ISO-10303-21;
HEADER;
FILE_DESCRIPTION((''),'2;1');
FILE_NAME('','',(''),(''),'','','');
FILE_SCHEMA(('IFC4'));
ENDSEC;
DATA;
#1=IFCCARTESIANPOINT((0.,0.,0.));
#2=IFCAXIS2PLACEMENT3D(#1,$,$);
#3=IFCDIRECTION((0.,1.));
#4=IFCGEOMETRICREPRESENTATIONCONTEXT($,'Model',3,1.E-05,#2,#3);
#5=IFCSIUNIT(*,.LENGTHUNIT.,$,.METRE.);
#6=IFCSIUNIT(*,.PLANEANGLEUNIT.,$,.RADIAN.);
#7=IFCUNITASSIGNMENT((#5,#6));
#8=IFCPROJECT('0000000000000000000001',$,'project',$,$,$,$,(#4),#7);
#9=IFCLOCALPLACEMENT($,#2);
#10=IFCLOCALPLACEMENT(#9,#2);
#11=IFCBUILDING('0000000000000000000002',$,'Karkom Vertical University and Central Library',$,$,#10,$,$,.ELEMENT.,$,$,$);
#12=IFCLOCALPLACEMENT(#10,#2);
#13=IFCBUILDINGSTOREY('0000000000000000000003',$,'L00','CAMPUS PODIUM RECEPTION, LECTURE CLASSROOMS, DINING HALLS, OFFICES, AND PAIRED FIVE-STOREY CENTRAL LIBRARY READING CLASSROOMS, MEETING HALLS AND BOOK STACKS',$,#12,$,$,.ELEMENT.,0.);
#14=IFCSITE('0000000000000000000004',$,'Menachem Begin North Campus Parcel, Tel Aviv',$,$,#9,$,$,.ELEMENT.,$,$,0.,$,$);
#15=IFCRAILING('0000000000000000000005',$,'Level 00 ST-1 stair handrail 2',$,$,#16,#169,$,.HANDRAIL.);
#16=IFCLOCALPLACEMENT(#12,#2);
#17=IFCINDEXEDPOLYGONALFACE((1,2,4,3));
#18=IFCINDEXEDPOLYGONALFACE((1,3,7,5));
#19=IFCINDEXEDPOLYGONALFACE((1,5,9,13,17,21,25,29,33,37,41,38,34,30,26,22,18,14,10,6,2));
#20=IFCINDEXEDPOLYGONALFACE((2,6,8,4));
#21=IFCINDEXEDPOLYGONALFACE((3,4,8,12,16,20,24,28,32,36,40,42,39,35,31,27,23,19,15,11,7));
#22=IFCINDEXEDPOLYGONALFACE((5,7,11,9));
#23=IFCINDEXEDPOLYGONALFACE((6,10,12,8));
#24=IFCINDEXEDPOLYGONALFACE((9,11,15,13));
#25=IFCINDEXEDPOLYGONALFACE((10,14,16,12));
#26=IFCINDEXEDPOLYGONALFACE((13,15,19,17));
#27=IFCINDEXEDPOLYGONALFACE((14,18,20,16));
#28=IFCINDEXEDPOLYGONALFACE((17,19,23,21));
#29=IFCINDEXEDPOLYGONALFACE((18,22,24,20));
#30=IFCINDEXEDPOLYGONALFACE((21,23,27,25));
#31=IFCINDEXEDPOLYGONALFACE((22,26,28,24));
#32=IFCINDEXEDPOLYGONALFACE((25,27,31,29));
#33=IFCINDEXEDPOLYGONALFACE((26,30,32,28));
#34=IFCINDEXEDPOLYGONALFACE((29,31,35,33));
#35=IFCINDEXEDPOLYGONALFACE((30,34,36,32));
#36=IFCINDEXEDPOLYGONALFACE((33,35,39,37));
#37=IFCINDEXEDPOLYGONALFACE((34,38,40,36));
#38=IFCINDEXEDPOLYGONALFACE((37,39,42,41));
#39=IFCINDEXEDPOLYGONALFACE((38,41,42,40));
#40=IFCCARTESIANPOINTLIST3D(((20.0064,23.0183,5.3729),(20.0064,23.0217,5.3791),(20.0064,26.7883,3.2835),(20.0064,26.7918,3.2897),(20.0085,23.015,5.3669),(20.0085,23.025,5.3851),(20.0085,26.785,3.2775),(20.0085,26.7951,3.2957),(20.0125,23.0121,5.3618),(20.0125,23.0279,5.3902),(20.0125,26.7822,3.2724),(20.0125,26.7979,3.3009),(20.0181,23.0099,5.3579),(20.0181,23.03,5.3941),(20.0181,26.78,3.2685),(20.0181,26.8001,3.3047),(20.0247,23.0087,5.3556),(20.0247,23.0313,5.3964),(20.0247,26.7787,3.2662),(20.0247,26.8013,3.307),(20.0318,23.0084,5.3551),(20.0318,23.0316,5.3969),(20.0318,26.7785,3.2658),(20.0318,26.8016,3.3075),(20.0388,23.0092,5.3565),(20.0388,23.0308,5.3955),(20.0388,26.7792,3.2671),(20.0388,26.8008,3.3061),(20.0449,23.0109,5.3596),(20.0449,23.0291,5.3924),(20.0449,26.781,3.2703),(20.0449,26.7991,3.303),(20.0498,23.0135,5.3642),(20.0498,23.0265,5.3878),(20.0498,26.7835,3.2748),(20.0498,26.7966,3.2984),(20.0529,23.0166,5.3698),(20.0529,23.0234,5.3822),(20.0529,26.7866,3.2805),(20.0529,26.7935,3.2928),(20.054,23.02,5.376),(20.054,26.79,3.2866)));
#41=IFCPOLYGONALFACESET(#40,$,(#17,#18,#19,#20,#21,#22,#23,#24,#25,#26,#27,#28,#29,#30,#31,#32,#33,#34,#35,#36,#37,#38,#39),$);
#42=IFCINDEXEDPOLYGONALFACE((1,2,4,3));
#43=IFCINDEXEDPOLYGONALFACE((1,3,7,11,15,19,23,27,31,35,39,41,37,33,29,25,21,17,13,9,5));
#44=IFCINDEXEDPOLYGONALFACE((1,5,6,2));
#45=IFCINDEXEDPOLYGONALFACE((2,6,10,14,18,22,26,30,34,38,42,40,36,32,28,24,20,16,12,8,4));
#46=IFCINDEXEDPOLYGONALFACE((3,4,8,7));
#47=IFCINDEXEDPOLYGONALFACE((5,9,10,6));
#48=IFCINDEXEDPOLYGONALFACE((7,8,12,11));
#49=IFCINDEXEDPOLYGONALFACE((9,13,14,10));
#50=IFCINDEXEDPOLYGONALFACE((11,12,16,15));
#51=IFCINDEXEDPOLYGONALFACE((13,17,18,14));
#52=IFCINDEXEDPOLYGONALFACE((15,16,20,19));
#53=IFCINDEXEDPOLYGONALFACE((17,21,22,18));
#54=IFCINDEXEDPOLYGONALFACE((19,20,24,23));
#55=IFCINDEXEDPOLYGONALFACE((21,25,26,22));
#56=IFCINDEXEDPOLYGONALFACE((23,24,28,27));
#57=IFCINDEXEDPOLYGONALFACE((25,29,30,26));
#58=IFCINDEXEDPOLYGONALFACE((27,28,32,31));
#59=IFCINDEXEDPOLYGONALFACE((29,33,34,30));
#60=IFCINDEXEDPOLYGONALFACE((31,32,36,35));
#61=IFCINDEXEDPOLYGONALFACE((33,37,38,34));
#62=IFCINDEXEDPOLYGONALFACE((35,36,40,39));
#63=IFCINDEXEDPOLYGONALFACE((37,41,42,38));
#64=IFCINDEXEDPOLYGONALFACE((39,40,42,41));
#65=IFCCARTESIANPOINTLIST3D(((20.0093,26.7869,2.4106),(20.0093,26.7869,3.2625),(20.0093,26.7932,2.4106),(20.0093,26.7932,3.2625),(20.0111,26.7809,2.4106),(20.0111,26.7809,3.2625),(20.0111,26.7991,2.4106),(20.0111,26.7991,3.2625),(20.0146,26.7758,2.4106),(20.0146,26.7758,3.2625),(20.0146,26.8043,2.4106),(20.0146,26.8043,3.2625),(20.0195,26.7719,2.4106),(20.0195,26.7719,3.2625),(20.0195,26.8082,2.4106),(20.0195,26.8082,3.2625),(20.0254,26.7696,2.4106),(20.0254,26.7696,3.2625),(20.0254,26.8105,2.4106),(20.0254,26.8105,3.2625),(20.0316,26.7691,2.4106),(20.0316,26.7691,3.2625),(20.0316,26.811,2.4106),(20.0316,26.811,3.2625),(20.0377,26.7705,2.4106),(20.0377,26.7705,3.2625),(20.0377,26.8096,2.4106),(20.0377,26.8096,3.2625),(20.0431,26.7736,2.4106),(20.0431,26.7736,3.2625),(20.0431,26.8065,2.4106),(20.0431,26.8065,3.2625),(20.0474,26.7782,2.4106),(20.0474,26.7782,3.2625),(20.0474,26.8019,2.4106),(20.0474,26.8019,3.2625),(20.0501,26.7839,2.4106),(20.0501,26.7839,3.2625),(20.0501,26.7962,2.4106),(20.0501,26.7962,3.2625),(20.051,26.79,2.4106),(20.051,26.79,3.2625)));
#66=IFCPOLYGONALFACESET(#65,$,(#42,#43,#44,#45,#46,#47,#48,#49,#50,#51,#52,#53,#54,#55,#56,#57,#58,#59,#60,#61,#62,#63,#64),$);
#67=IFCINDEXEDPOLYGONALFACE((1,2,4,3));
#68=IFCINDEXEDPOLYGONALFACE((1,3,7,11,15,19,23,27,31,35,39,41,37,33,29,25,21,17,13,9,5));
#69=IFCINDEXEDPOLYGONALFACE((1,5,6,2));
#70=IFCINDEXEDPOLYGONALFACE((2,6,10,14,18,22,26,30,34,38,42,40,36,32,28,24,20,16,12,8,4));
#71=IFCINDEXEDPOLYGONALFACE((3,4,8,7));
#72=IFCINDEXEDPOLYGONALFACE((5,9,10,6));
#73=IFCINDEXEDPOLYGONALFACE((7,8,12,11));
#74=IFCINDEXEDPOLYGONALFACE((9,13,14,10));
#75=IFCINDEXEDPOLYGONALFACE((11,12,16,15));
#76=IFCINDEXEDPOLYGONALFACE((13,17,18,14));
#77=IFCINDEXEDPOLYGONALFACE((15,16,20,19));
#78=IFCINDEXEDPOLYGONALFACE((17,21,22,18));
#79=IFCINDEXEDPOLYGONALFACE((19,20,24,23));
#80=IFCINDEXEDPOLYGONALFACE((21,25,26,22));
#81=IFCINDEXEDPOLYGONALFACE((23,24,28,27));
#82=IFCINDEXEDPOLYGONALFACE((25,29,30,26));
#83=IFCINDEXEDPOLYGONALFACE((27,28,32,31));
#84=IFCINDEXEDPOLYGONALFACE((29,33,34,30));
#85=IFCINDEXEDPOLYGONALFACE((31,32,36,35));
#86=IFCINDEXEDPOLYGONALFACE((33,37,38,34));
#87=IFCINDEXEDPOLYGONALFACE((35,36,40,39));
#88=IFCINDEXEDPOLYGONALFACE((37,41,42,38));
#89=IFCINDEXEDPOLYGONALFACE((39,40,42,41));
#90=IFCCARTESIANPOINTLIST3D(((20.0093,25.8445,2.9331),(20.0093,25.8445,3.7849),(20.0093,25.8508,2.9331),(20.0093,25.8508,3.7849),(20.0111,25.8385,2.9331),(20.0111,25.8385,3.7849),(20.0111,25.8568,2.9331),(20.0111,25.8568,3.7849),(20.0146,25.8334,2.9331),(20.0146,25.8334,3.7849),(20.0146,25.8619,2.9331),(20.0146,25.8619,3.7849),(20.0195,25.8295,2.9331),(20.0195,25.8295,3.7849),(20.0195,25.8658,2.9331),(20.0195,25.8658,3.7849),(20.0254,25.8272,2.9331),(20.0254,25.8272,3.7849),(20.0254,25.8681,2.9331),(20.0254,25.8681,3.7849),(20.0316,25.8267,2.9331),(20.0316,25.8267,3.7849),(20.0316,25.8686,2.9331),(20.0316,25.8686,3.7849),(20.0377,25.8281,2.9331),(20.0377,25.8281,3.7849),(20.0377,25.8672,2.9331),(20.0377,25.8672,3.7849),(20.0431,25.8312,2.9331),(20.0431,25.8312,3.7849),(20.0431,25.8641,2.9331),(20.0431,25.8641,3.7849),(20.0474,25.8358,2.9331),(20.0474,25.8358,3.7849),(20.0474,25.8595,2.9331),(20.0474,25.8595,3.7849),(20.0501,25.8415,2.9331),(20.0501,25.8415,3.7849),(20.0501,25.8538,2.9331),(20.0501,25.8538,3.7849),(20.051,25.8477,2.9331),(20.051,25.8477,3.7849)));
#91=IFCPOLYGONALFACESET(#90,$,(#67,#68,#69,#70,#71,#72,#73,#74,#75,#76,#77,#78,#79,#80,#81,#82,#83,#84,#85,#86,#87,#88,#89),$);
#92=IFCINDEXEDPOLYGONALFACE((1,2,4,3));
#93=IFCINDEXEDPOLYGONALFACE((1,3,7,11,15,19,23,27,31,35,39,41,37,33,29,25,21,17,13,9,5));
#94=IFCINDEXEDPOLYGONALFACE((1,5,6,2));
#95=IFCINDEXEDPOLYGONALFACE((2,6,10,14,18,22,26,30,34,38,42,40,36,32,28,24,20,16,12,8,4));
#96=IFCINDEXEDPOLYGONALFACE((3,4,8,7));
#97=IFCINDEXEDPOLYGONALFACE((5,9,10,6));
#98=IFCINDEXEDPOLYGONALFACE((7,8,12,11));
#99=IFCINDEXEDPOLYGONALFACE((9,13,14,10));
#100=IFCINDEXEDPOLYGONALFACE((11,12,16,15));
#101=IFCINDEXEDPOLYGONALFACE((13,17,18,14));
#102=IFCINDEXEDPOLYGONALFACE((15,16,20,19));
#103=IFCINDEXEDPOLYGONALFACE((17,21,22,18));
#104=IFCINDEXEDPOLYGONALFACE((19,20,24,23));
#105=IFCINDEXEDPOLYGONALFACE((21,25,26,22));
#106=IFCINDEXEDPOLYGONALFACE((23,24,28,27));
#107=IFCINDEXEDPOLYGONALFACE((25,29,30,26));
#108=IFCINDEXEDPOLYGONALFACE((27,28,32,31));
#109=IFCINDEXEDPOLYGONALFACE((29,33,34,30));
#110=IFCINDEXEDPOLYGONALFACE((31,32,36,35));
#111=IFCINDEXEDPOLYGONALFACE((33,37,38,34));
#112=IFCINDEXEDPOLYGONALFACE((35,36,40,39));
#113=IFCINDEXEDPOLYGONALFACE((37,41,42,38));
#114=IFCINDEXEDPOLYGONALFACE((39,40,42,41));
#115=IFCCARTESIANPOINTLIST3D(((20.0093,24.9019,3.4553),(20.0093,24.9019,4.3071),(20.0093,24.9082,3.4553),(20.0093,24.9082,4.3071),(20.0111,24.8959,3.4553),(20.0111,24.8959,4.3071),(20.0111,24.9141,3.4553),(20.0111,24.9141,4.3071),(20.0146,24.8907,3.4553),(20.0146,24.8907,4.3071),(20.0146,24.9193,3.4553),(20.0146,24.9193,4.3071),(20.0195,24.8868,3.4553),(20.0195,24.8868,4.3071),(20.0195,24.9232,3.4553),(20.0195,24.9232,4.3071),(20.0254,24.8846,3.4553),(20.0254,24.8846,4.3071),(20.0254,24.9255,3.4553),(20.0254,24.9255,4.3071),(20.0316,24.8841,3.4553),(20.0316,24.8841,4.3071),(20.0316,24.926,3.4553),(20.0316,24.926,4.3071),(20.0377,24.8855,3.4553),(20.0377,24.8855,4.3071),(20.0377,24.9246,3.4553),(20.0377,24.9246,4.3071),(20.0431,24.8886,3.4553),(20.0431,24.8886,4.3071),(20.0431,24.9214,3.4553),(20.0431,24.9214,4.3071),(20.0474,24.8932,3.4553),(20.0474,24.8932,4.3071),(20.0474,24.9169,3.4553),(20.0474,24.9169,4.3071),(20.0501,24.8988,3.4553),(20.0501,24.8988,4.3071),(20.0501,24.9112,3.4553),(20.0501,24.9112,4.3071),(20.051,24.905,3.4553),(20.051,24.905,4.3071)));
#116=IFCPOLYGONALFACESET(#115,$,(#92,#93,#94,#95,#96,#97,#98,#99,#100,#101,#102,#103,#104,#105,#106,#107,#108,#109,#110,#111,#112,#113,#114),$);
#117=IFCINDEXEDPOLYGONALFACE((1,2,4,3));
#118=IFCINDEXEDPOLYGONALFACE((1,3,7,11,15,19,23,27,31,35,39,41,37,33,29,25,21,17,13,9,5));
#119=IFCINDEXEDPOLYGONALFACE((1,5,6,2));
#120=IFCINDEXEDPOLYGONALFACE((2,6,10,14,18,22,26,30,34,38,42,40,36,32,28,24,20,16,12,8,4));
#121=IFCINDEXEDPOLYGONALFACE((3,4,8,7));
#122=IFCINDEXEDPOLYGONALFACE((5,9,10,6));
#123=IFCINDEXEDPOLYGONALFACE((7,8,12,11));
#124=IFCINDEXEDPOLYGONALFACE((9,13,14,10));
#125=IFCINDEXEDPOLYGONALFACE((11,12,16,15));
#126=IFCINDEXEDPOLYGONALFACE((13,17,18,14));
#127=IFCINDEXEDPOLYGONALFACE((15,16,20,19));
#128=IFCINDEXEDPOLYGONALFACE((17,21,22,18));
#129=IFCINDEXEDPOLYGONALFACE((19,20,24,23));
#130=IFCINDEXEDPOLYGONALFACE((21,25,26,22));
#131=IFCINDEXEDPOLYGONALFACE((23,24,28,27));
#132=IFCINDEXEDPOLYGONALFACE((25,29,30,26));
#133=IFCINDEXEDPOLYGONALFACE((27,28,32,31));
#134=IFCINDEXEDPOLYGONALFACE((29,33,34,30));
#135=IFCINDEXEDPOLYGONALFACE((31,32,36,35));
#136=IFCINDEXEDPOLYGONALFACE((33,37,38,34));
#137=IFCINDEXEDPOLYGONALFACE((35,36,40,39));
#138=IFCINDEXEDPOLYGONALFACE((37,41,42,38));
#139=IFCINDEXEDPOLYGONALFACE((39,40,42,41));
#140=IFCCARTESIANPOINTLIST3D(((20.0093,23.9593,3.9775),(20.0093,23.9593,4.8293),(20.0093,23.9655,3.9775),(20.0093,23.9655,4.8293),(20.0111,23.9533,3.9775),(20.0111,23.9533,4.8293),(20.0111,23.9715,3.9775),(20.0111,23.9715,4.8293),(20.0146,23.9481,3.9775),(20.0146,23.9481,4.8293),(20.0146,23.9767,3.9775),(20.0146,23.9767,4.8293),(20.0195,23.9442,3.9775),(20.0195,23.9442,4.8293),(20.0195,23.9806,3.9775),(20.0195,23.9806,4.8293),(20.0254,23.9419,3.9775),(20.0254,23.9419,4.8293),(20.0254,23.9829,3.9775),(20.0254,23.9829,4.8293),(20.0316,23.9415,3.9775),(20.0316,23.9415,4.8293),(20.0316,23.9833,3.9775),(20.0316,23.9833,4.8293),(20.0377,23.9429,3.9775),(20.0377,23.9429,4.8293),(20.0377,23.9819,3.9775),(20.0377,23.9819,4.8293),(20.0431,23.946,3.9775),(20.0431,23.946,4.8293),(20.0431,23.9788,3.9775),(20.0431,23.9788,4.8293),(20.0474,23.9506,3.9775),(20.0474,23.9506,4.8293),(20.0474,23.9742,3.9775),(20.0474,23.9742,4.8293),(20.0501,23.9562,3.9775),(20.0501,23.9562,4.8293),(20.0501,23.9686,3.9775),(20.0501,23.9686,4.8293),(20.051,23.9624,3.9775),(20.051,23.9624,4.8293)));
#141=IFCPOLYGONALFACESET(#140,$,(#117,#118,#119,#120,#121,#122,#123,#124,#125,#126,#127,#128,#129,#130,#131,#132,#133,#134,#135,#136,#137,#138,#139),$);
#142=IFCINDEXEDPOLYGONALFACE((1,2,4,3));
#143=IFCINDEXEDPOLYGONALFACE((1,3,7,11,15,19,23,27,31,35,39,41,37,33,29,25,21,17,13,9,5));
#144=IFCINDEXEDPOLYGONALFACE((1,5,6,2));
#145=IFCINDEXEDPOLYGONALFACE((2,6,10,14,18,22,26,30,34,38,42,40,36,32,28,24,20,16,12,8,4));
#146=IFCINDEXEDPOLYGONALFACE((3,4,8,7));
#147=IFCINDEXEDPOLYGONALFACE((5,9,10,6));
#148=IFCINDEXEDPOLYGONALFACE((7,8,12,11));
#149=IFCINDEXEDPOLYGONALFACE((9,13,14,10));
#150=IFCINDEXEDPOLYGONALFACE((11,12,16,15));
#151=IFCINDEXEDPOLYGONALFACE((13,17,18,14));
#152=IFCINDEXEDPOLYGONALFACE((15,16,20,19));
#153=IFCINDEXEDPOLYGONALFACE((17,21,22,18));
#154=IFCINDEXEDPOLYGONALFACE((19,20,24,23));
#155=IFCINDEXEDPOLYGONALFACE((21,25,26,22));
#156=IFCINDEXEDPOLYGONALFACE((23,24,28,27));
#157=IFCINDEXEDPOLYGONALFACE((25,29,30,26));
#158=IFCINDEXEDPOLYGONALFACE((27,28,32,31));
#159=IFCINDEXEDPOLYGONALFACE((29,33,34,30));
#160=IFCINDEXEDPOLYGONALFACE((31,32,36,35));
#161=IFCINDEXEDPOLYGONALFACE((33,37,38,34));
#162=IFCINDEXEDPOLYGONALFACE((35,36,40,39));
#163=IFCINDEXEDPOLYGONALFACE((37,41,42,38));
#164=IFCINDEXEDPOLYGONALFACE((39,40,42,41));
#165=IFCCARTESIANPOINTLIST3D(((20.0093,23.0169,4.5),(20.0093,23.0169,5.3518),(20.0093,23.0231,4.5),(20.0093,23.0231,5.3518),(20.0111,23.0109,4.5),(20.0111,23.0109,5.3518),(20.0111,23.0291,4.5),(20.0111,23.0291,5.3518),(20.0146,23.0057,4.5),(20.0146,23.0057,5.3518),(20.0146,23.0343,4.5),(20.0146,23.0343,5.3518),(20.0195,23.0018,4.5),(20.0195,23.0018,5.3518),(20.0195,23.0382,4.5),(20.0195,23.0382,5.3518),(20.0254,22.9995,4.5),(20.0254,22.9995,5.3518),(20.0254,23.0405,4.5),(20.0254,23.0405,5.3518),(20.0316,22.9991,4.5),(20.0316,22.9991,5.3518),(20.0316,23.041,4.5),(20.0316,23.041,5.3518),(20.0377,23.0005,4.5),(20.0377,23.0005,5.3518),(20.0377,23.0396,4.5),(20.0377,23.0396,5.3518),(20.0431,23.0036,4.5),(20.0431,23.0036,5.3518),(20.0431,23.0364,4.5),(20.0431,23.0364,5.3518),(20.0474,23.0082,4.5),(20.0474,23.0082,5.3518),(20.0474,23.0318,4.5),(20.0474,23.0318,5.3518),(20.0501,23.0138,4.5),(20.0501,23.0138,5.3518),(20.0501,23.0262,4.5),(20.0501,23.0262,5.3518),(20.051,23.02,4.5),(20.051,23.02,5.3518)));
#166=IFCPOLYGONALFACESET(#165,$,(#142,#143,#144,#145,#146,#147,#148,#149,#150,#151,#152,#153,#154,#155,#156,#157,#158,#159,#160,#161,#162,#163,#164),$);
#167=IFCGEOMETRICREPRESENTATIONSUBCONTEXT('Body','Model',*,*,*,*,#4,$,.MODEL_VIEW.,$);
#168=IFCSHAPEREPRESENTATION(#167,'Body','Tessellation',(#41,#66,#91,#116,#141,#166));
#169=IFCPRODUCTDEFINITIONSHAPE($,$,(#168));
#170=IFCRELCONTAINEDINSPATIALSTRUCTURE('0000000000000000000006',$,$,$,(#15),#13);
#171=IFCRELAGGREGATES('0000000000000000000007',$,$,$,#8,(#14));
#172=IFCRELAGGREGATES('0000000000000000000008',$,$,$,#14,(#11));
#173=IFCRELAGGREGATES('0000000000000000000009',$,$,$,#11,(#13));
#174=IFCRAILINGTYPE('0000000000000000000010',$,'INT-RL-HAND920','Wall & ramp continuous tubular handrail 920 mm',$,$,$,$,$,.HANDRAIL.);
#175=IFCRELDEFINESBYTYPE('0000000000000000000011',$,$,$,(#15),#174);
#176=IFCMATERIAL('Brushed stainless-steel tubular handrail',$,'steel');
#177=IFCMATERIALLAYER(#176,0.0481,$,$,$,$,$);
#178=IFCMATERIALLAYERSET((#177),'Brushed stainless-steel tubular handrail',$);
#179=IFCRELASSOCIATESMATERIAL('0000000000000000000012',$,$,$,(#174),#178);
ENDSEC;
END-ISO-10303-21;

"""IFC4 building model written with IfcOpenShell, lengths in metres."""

from ifc_helpers import new_model, si_unit, direction, frame, origin, origin_2d, place, context, subcontext, project, spatial, circle, extrude, material, layer, layer_set, type_object, element, save


model = new_model("IFC4")

# Units and contexts
model_context = context("Model", 3, precision=1e-05, world=origin(), true_north=direction((0.0, 1.0)))
body_context = subcontext(model_context, "Body", "Model", "MODEL_VIEW")
ifc_project = project(units=[si_unit("LENGTHUNIT", "METRE"), si_unit("PLANEANGLEUNIT", "RADIAN")], contexts=[model_context])

# Site, building, storey
site_placement = place(None, origin())
site = spatial("IfcSite", under=ifc_project, at=site_placement, Name="Menachem Begin North Campus Parcel, Tel Aviv", CompositionType="ELEMENT", RefElevation=0.0)
building_placement = place(site_placement, origin())
building = spatial("IfcBuilding", under=site, at=building_placement, Name="Karkom Vertical University and Central Library", CompositionType="ELEMENT")
storey_placement = place(building_placement, origin())
storey = spatial("IfcBuildingStorey", under=building, at=storey_placement, Name="L00", Description="CAMPUS PODIUM RECEPTION, LECTURE CLASSROOMS, DINING HALLS, OFFICES, AND PAIRED FIVE-STOREY CENTRAL LIBRARY READING CLASSROOMS, MEETING HALLS AND BOOK STACKS", CompositionType="ELEMENT", Elevation=0.0)

# Railing
ifc_material_1 = material(Name="Brushed stainless-steel tubular handrail", Category="steel")
ifc_layer_1 = layer(ifc_material_1, 0.0481)
ifc_layer_set_1 = layer_set([ifc_layer_1], Name="Brushed stainless-steel tubular handrail")
railing_type_1 = type_object("IfcRailingType", Name="INT-RL-HAND920", Description="Wall & ramp continuous tubular handrail 920 mm", PredefinedType="HANDRAIL", material=ifc_layer_set_1)
railing_1_placement = place(storey_placement, frame((20.03, 26.79, 2.4106)))
element("IfcRailing", 1, at=railing_1_placement, inside=storey, type_object=railing_type_1, Name="Level 00 ST-1 stair handrail 2", PredefinedType="HANDRAIL", context=body_context, shape_type="SweptSolid", body=[
    extrude(circle(Radius=0.0239, at=origin_2d()), frame((0.0, 0.0, 0.876), z_axis=(0.0, -0.874659, 0.484739), x_axis=(1.0, 0.0, 0.0)), (0.0, 0.0, 1.0), 4.3103),
    extrude(circle(Radius=0.021, at=origin_2d()), origin(), (0.0, 0.0, 1.0), 0.8518),
    extrude(circle(Radius=0.021, at=origin_2d()), frame((0.0, -0.9424, 0.5225)), (0.0, 0.0, 1.0), 0.8518),
    extrude(circle(Radius=0.021, at=origin_2d()), frame((0.0, -1.885, 1.0447)), (0.0, 0.0, 1.0), 0.8518),
    extrude(circle(Radius=0.021, at=origin_2d()), frame((0.0, -2.8276, 1.5669)), (0.0, 0.0, 1.0), 0.8518),
    extrude(circle(Radius=0.021, at=origin_2d()), frame((0.0, -3.77, 2.0894)), (0.0, 0.0, 1.0), 0.8518),
])

save(model, "model.ifc")
